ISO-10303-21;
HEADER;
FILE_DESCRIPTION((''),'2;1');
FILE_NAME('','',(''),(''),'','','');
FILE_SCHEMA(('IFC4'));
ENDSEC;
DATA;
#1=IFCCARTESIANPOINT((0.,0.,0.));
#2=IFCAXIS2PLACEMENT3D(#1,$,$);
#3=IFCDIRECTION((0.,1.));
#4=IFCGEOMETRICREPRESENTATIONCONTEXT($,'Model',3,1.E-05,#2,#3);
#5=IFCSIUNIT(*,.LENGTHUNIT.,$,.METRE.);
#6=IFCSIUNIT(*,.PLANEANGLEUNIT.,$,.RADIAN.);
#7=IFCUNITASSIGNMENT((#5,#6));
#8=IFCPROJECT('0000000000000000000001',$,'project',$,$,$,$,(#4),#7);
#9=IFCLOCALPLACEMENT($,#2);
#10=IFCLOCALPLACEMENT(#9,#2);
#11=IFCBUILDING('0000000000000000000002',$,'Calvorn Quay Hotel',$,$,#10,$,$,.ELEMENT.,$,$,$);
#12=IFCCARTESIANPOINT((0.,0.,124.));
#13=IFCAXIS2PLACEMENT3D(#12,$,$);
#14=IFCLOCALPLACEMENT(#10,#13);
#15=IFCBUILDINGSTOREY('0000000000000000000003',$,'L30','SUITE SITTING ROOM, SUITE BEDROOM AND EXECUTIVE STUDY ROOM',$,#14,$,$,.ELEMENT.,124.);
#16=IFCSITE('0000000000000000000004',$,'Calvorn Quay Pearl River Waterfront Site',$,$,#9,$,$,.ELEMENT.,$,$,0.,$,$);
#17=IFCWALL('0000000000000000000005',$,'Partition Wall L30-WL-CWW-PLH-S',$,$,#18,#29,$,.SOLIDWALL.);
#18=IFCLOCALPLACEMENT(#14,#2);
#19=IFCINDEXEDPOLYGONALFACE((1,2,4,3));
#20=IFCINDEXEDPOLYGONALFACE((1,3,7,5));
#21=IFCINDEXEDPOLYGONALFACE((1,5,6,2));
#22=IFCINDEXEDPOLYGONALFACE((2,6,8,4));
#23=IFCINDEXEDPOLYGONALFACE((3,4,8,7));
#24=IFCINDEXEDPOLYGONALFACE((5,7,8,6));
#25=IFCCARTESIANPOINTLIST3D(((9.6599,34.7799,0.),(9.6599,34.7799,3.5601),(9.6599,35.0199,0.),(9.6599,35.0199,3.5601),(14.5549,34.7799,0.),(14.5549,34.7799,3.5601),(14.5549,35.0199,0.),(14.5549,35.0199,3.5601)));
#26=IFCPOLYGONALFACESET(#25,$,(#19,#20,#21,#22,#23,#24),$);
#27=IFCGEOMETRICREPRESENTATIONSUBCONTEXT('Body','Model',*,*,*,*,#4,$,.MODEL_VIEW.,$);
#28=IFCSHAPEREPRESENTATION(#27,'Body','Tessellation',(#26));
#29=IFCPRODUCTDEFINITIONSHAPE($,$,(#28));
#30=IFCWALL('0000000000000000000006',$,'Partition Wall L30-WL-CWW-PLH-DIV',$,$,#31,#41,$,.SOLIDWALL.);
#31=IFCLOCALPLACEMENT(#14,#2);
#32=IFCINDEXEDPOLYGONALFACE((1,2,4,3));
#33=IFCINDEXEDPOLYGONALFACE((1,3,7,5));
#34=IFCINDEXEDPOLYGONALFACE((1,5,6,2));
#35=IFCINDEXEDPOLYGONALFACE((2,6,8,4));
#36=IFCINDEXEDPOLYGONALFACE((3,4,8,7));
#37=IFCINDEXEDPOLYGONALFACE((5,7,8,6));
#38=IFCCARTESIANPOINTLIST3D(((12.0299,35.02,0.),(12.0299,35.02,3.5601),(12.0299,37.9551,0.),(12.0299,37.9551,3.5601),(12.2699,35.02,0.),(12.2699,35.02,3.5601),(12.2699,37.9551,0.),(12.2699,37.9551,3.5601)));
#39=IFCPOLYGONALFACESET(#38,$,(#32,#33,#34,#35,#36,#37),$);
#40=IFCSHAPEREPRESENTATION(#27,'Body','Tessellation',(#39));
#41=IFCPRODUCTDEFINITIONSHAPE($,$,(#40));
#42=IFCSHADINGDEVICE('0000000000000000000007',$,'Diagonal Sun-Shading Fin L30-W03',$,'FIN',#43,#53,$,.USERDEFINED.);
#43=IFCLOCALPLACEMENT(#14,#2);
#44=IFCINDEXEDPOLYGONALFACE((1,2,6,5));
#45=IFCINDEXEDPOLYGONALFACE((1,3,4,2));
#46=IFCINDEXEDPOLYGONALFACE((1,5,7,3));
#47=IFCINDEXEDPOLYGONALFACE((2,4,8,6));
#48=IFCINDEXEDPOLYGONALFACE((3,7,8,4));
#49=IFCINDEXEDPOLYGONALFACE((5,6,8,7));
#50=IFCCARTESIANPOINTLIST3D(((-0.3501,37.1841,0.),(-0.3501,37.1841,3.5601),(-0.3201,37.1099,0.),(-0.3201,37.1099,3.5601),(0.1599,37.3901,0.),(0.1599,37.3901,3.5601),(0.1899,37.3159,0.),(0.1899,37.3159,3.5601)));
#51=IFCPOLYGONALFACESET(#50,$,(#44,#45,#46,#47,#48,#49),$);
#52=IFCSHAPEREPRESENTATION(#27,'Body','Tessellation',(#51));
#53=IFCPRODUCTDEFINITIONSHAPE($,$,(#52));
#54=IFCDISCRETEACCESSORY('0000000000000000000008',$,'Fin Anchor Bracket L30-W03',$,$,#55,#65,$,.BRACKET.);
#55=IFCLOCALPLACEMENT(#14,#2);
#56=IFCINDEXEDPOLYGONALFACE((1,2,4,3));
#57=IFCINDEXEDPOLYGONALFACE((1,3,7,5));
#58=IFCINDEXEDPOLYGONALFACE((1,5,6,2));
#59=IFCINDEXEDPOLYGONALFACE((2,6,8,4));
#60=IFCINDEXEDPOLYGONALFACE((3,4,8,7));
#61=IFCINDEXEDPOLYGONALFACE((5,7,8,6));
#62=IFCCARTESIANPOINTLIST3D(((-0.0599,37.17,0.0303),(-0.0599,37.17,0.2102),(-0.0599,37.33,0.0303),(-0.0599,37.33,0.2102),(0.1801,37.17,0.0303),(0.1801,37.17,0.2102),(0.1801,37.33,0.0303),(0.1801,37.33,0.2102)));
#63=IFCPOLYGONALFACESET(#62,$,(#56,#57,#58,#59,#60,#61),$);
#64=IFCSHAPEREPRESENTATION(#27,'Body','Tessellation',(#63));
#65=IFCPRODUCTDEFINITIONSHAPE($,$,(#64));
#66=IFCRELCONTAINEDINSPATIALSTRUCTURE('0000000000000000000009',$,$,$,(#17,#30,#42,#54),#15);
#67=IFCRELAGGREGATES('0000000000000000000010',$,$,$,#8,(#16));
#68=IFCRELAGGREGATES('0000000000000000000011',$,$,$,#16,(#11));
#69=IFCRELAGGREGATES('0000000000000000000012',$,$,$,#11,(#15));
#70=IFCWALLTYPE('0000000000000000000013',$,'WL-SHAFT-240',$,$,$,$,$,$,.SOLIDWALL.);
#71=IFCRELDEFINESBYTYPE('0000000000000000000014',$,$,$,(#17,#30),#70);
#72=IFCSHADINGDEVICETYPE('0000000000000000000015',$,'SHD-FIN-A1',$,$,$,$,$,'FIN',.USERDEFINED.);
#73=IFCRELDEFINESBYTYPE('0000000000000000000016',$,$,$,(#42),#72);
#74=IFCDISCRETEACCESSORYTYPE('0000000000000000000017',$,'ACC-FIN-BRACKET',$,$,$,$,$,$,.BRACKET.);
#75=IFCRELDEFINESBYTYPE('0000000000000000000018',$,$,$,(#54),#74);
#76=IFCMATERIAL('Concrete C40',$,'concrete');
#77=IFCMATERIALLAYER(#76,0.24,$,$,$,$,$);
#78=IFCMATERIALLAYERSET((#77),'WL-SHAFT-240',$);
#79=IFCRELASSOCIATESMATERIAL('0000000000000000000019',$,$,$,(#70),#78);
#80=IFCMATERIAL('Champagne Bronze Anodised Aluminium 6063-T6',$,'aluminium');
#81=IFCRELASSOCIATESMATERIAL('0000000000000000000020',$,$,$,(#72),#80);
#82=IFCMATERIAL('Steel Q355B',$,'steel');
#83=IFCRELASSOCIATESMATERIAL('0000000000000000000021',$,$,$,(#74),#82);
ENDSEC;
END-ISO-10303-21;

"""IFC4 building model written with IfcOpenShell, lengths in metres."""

from ifc_helpers import new_model, si_unit, direction, frame, frame_2d, origin, origin_2d, place, context, subcontext, project, spatial, rectangle, extrude, material, layer, layer_set, type_object, element, save


model = new_model("IFC4")

# Units and contexts
model_context = context("Model", 3, precision=1e-05, world=origin(), true_north=direction((0.0, 1.0)))
body_context = subcontext(model_context, "Body", "Model", "MODEL_VIEW")
ifc_project = project(units=[si_unit("LENGTHUNIT", "METRE"), si_unit("PLANEANGLEUNIT", "RADIAN")], contexts=[model_context])

# Site, building, storey
site_placement = place(None, origin())
site = spatial("IfcSite", under=ifc_project, at=site_placement, Name="Calvorn Quay Pearl River Waterfront Site", CompositionType="ELEMENT", RefElevation=0.0)
building_placement = place(site_placement, origin())
building = spatial("IfcBuilding", under=site, at=building_placement, Name="Calvorn Quay Hotel", CompositionType="ELEMENT")
storey_placement = place(building_placement, frame((0.0, 0.0, 124.0)))
storey = spatial("IfcBuildingStorey", under=building, at=storey_placement, Name="L30", Description="SUITE SITTING ROOM, SUITE BEDROOM AND EXECUTIVE STUDY ROOM", CompositionType="ELEMENT", Elevation=124.0)

# Walls
ifc_material_1 = material(Name="Concrete C40", Category="concrete")
ifc_layer_1 = layer(ifc_material_1, 0.24)
ifc_layer_set_1 = layer_set([ifc_layer_1], Name="WL-SHAFT-240")
wall_type_1 = type_object("IfcWallType", Name="WL-SHAFT-240", PredefinedType="SOLIDWALL", material=ifc_layer_set_1)
wall_1_placement = place(storey_placement, frame((9.6599, 34.8999, 0.0), z_axis=(0.0, 0.0, 1.0), x_axis=(1.0, 0.0, 0.0)))
element("IfcWall", 1, at=wall_1_placement, inside=storey, type_object=wall_type_1, Name="Partition Wall L30-WL-CWW-PLH-S", PredefinedType="SOLIDWALL", context=body_context, shape_type="SweptSolid", body=[
    extrude(rectangle(XDim=4.895, YDim=0.24, at=frame_2d((2.4475, 0.0))), origin(), (0.0, 0.0, 1.0), 3.5601),
])
wall_2_placement = place(storey_placement, frame((12.1499, 35.02, 0.0), z_axis=(0.0, 0.0, 1.0), x_axis=(0.0, 1.0, 0.0)))
element("IfcWall", 2, at=wall_2_placement, inside=storey, type_object=wall_type_1, Name="Partition Wall L30-WL-CWW-PLH-DIV", PredefinedType="SOLIDWALL", context=body_context, shape_type="SweptSolid", body=[
    extrude(rectangle(XDim=2.9351, YDim=0.24, at=frame_2d((1.4675, 0.0))), origin(), (0.0, 0.0, 1.0), 3.5601),
])

# Shading device
ifc_material_2 = material(Name="Champagne Bronze Anodised Aluminium 6063-T6", Category="aluminium")
shading_device_type = type_object("IfcShadingDeviceType", Name="SHD-FIN-A1", ElementType="FIN", PredefinedType="USERDEFINED", material=ifc_material_2)
shading_device_placement = place(storey_placement, frame((-0.0801, 37.25, 0.0), z_axis=(0.0, 0.0, 1.0), x_axis=(0.927184, 0.374607, 0.0)))
element("IfcShadingDevice", 3, at=shading_device_placement, inside=storey, type_object=shading_device_type, Name="Diagonal Sun-Shading Fin L30-W03", ObjectType="FIN", PredefinedType="USERDEFINED", context=body_context, shape_type="SweptSolid", body=[
    extrude(rectangle(XDim=0.55, YDim=0.0801, at=origin_2d()), origin(), (0.0, 0.0, 1.0), 3.5601),
])

# Discrete accessory
ifc_material_3 = material(Name="Steel Q355B", Category="steel")
discrete_accessory_type = type_object("IfcDiscreteAccessoryType", Name="ACC-FIN-BRACKET", PredefinedType="BRACKET", material=ifc_material_3)
discrete_accessory_placement = place(storey_placement, frame((0.0601, 37.25, 0.0303), z_axis=(0.0, 0.0, 1.0), x_axis=(1.0, 0.0, 0.0)))
element("IfcDiscreteAccessory", 4, at=discrete_accessory_placement, inside=storey, type_object=discrete_accessory_type, Name="Fin Anchor Bracket L30-W03", PredefinedType="BRACKET", context=body_context, shape_type="SweptSolid", body=[
    extrude(rectangle(XDim=0.24, YDim=0.1599, at=origin_2d()), origin(), (0.0, 0.0, 1.0), 0.1799),
])

save(model, "model.ifc")
